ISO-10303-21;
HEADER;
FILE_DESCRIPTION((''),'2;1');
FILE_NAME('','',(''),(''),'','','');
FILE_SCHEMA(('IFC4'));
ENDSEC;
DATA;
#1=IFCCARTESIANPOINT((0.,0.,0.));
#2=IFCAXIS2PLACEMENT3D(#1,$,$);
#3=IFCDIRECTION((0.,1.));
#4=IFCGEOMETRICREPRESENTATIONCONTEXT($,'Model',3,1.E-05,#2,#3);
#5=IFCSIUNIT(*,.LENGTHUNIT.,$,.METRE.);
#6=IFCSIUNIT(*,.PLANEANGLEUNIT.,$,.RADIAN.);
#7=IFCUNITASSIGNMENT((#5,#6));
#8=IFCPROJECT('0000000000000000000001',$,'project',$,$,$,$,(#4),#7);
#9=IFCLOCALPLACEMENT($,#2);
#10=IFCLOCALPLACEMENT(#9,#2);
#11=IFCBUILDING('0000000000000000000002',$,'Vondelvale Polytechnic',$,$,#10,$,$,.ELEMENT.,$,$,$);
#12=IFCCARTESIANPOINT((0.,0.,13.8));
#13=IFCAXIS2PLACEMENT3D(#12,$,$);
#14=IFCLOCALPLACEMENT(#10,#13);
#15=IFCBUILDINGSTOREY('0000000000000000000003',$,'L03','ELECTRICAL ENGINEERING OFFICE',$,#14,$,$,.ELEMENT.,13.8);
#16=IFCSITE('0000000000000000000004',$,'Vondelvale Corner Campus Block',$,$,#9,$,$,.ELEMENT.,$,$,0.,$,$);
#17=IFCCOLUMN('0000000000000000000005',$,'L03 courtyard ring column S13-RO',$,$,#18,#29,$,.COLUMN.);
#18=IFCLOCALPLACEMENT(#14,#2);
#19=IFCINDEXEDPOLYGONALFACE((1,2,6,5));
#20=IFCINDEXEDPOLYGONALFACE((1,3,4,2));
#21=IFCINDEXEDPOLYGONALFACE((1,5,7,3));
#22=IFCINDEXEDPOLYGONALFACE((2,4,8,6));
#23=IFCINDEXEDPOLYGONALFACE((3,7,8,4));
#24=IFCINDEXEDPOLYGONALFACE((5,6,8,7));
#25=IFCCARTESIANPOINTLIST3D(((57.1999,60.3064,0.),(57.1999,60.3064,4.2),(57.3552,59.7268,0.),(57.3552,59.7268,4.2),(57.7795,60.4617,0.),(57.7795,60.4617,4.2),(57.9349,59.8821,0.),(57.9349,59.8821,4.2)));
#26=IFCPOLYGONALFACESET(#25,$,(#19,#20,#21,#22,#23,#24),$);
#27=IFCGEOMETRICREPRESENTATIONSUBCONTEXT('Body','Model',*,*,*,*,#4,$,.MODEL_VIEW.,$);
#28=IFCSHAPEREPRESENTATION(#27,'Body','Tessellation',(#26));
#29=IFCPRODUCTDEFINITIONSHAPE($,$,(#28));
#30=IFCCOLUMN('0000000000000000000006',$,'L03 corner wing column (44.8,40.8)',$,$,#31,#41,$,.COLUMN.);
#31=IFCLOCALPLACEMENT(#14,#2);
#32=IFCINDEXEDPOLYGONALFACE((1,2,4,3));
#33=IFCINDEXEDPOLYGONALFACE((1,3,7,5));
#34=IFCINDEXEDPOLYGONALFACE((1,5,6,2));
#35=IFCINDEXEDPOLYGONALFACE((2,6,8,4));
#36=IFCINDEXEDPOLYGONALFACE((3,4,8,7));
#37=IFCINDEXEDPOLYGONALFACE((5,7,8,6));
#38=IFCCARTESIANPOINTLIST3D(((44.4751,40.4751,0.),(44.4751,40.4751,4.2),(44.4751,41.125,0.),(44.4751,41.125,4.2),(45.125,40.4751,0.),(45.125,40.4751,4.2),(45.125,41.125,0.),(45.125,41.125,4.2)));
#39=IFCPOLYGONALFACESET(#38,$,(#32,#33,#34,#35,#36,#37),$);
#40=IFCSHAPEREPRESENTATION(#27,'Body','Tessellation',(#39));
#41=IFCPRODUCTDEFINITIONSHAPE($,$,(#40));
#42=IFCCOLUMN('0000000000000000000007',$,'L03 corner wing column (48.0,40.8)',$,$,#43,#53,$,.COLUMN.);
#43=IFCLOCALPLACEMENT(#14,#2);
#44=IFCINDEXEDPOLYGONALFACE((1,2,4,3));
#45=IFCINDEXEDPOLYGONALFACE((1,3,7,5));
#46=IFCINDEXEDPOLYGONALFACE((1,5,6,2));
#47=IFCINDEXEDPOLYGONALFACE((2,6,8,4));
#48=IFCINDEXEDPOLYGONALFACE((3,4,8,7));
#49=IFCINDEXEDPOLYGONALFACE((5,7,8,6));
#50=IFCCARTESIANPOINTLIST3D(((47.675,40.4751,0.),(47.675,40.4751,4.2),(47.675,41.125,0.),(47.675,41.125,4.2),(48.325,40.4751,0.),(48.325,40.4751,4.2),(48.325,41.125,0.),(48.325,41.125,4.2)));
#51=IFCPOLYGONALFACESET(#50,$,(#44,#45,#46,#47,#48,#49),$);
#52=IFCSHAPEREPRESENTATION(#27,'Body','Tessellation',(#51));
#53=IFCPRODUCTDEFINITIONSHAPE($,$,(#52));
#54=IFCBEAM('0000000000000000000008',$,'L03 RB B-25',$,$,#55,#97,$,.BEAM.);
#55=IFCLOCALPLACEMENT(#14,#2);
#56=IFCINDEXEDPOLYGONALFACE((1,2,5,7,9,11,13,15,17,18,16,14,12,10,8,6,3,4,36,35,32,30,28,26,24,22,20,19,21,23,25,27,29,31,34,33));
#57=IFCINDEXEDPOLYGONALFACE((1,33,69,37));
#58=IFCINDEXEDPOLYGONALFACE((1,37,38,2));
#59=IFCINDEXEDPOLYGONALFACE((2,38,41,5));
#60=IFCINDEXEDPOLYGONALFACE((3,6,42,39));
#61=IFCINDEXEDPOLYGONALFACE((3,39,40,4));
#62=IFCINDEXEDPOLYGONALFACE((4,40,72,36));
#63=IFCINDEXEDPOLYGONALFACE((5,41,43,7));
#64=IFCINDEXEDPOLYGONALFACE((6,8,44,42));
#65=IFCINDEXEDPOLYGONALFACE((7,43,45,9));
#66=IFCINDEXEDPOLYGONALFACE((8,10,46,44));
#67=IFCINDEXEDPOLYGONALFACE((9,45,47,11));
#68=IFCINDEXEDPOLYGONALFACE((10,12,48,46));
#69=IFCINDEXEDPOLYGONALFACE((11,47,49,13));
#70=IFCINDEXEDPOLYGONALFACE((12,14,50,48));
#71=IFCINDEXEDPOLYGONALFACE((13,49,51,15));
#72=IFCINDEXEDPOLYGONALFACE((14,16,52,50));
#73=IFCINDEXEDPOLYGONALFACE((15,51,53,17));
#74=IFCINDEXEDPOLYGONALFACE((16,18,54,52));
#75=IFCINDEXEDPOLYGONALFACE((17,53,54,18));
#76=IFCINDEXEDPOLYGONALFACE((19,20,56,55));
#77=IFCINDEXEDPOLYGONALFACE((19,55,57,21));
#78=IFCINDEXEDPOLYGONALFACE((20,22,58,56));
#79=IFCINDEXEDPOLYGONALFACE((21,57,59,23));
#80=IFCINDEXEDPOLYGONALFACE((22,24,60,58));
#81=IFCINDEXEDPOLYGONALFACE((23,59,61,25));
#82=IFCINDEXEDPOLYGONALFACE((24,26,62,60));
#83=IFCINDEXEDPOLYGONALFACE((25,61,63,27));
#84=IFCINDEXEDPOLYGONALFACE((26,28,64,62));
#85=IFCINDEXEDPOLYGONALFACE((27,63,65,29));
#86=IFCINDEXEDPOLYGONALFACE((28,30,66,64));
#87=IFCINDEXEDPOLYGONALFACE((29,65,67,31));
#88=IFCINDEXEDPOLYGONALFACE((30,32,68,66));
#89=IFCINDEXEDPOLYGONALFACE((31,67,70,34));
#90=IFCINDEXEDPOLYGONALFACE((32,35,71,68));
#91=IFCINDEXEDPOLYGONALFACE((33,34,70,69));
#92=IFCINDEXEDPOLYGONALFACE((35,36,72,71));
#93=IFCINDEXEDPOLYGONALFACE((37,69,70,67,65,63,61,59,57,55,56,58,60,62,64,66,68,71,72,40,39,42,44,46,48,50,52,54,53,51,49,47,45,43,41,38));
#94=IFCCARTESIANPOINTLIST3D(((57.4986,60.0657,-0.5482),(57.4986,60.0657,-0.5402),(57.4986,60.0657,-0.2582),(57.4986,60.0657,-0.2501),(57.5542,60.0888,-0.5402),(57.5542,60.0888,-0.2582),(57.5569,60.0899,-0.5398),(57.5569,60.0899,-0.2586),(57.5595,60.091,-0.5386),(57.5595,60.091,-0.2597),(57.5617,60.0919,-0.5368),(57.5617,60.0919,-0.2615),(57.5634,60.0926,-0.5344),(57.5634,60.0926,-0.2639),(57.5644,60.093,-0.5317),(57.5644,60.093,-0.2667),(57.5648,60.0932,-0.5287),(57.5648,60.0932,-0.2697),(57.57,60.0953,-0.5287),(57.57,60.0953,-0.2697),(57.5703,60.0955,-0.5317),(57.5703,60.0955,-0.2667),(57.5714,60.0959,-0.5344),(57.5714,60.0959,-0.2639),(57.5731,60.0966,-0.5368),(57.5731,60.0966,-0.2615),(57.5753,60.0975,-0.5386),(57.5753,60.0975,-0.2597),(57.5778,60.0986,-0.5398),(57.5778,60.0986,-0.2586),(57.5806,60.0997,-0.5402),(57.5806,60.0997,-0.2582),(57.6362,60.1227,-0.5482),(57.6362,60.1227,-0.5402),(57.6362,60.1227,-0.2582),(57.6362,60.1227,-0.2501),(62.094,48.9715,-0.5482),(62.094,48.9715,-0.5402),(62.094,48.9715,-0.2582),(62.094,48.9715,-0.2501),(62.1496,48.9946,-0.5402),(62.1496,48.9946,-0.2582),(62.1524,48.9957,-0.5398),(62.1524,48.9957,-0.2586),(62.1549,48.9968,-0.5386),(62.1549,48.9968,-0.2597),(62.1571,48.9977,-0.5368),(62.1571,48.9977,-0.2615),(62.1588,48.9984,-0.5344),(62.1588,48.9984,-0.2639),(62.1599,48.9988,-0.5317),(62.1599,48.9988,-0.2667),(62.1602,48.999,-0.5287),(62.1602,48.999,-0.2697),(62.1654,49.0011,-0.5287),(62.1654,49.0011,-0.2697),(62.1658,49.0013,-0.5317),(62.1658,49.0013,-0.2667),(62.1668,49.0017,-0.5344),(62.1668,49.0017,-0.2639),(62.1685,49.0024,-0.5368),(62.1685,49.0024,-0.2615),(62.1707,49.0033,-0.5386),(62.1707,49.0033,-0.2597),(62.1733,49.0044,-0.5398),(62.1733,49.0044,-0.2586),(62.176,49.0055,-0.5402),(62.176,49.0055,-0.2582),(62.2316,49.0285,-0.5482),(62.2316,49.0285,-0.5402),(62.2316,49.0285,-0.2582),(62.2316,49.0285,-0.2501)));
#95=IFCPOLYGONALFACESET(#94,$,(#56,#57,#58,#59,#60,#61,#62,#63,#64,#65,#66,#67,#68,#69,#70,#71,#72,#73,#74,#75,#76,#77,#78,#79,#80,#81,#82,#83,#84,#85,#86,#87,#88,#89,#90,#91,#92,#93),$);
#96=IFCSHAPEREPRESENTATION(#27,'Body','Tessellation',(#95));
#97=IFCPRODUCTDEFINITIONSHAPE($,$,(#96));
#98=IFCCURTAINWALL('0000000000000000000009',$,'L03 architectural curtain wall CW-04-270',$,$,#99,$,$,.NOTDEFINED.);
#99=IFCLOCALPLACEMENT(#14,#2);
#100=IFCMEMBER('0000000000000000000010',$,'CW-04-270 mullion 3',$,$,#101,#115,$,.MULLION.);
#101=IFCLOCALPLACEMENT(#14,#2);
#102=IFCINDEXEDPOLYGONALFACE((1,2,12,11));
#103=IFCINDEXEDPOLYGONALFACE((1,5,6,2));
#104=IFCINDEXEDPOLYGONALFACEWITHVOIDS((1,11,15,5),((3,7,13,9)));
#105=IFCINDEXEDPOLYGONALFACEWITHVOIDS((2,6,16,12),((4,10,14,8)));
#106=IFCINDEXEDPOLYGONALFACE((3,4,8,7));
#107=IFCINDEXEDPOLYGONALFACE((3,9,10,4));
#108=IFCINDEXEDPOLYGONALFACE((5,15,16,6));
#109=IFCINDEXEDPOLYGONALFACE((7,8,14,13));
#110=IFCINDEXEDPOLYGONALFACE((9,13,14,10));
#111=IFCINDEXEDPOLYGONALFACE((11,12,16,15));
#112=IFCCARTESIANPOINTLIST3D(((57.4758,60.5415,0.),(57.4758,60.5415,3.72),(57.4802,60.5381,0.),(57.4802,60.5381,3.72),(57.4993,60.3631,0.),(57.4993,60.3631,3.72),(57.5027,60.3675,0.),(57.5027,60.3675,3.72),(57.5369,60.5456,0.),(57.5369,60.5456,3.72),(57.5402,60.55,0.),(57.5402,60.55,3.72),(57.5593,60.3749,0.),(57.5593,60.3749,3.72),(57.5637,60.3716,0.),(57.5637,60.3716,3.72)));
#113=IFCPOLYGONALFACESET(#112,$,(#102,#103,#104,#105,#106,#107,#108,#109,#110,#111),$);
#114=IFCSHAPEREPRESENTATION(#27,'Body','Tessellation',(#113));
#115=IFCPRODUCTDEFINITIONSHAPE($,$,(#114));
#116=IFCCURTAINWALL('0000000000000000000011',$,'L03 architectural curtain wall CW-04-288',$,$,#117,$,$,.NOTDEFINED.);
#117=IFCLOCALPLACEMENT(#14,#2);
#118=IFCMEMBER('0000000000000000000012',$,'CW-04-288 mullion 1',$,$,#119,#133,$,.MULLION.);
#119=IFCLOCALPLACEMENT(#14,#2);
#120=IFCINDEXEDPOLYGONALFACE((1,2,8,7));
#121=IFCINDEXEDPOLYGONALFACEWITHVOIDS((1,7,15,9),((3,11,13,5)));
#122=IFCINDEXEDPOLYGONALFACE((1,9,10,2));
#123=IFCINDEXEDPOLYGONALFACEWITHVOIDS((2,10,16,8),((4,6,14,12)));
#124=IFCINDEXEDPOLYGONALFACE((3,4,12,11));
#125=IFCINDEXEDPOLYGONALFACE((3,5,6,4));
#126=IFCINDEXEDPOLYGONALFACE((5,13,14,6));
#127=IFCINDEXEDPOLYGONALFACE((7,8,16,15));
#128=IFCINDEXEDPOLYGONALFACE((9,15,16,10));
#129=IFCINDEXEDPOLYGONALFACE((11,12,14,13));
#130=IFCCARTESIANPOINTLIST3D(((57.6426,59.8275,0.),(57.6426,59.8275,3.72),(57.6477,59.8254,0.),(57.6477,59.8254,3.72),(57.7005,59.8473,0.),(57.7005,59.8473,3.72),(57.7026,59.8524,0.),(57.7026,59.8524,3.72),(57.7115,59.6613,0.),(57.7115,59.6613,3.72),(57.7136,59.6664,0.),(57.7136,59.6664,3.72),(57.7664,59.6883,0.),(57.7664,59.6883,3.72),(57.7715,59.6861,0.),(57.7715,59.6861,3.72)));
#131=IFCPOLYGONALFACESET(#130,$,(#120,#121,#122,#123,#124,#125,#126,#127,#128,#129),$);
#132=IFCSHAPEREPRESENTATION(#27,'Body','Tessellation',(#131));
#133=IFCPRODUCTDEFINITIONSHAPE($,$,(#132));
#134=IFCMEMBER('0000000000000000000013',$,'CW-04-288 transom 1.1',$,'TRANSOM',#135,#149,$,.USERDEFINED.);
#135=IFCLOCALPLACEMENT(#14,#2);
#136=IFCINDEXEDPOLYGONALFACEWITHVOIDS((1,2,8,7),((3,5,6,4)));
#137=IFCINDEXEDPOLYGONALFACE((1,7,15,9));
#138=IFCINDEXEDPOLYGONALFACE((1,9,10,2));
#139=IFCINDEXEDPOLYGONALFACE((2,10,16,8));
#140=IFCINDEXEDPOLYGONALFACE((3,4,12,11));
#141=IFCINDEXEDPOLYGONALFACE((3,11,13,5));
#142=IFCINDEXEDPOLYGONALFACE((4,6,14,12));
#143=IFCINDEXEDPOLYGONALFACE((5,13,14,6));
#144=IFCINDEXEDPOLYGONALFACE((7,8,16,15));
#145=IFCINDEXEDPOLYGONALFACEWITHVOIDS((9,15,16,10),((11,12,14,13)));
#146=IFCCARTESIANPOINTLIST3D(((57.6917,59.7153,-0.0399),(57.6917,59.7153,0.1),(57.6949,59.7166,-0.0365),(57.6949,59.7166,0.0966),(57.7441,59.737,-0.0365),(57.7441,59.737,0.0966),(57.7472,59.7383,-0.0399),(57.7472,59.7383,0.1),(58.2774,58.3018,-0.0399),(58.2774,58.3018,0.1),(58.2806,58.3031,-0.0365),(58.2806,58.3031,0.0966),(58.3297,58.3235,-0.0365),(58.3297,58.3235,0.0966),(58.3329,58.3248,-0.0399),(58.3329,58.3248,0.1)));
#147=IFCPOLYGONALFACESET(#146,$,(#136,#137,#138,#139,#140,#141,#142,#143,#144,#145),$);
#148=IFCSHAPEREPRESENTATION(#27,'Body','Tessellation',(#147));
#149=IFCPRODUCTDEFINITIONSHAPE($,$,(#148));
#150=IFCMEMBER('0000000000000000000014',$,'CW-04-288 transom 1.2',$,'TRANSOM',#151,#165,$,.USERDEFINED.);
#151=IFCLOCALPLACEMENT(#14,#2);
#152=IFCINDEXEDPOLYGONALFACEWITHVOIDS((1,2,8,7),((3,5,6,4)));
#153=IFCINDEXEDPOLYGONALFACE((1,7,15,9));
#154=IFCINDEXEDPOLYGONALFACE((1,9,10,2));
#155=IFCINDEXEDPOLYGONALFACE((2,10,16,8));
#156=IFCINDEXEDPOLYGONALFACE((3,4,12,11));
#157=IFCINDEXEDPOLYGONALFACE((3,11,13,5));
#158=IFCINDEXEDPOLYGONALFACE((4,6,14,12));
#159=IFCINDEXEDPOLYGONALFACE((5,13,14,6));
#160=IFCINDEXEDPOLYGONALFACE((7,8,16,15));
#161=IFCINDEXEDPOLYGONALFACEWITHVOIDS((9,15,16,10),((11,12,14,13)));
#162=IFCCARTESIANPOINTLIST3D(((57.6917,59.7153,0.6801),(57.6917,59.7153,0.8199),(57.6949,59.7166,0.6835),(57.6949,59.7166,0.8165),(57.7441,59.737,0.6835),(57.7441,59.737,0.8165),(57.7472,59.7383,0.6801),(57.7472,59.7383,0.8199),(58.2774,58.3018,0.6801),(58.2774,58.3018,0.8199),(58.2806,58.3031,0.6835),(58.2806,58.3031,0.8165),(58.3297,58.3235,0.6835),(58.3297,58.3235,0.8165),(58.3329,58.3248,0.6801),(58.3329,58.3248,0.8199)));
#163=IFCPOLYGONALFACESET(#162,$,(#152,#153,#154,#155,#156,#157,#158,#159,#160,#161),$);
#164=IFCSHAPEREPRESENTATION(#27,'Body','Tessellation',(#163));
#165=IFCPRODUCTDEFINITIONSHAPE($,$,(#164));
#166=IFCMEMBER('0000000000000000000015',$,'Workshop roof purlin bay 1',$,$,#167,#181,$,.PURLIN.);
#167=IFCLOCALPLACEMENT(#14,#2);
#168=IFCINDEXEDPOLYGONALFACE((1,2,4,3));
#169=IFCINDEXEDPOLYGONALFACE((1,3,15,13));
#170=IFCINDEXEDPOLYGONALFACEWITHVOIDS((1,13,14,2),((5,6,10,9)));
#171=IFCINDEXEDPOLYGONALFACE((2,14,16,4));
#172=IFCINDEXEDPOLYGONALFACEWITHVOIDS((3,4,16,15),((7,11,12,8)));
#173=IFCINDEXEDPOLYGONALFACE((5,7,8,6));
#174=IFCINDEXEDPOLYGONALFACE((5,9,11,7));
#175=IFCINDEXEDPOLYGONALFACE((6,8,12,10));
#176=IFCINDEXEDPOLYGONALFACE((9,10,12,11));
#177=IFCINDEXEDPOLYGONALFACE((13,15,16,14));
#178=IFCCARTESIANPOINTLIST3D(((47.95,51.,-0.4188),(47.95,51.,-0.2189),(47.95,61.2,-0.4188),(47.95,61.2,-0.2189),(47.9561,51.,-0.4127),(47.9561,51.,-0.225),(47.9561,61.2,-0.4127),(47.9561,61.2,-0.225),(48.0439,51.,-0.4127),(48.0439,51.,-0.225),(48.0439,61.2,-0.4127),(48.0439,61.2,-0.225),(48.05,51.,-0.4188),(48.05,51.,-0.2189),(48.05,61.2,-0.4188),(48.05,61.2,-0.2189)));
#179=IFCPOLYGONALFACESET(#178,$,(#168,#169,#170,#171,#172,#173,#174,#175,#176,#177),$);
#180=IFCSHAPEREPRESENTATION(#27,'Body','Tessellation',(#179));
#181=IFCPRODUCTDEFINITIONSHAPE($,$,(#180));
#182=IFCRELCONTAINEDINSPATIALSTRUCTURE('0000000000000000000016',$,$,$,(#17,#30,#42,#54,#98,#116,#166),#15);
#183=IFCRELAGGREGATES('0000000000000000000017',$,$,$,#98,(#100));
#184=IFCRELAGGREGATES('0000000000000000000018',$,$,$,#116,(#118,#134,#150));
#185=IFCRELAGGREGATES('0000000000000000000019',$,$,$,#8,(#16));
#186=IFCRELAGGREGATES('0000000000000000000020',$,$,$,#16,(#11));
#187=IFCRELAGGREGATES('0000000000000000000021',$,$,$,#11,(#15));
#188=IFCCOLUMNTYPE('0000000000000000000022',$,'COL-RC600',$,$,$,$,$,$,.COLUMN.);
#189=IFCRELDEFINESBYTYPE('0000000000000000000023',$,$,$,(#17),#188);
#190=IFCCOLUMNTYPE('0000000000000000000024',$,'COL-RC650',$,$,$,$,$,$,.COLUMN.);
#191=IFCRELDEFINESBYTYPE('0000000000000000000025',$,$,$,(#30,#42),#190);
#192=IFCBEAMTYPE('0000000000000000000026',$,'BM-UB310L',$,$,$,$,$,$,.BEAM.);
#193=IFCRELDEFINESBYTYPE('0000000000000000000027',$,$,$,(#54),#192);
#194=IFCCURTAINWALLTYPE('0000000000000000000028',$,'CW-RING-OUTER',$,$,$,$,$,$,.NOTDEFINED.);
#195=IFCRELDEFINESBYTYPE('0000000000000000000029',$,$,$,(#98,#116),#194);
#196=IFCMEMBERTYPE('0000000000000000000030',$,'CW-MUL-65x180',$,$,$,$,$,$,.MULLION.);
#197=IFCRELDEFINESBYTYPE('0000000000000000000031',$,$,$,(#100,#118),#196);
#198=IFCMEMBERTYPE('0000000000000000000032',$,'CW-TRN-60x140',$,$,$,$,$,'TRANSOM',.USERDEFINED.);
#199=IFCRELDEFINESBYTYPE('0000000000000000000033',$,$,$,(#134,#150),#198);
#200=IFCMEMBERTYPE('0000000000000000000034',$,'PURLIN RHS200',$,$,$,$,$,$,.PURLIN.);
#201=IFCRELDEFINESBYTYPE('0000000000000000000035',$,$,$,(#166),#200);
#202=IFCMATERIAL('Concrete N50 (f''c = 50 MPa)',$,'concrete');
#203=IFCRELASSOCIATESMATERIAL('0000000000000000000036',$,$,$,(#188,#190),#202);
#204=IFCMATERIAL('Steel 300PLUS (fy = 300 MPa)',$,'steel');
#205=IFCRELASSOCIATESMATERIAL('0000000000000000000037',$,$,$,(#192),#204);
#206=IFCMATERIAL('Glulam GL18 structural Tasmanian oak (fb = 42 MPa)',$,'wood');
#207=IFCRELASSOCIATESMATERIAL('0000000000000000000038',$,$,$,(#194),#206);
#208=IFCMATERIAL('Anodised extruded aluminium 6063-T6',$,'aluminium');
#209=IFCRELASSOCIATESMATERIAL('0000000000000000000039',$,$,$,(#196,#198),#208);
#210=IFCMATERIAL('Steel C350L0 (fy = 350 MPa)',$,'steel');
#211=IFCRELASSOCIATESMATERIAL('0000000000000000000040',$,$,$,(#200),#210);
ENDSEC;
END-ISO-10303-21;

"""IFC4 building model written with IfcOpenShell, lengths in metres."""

from ifc_helpers import new_model, si_unit, direction, frame, origin, origin_2d, place, context, subcontext, project, spatial, rectangle, hollow_rectangle, i_section, extrude, material, material_profile, profile_set, type_object, element, aggregate, save


model = new_model("IFC4")

# Units and contexts
model_context = context("Model", 3, precision=1e-05, world=origin(), true_north=direction((0.0, 1.0)))
body_context = subcontext(model_context, "Body", "Model", "MODEL_VIEW")
ifc_project = project(units=[si_unit("LENGTHUNIT", "METRE"), si_unit("PLANEANGLEUNIT", "RADIAN")], contexts=[model_context])

# Site, building, storey
site_placement = place(None, origin())
site = spatial("IfcSite", under=ifc_project, at=site_placement, Name="Vondelvale Corner Campus Block", CompositionType="ELEMENT", RefElevation=0.0)
building_placement = place(site_placement, origin())
building = spatial("IfcBuilding", under=site, at=building_placement, Name="Vondelvale Polytechnic", CompositionType="ELEMENT")
storey_placement = place(building_placement, frame((0.0, 0.0, 13.8)))
storey = spatial("IfcBuildingStorey", under=building, at=storey_placement, Name="L03", Description="ELECTRICAL ENGINEERING OFFICE", CompositionType="ELEMENT", Elevation=13.8)

# Columns
ifc_material_1 = material(Name="Concrete N50 (f'c = 50 MPa)", Category="concrete")
ifc_material_profile_1 = material_profile(ifc_material_1, rectangle(XDim=0.6001, YDim=0.6001, at=origin_2d()), Name="RC-COL-600x600")
ifc_profile_set_1 = profile_set([ifc_material_profile_1], Name="Concrete N50 (f'c = 50 MPa)")
column_type_1 = type_object("IfcColumnType", Name="COL-RC600", PredefinedType="COLUMN", material=ifc_profile_set_1)
column_placement = place(storey_placement, frame((57.5674, 60.0942, 0.0), z_axis=(0.0, 0.0, 1.0), x_axis=(0.965926, 0.258819, 0.0)))
element("IfcColumn", 1, at=column_placement, inside=storey, type_object=column_type_1, Name="L03 courtyard ring column S13-RO", PredefinedType="COLUMN", context=body_context, shape_type="SweptSolid", body=[
    extrude(rectangle(XDim=0.6001, YDim=0.6001, at=origin_2d()), origin(), (0.0, 0.0, 1.0), 4.2),
])
ifc_material_profile_2 = material_profile(ifc_material_1, rectangle(XDim=0.6499, YDim=0.6499, at=origin_2d()), Name="RC-COL-650x650")
ifc_profile_set_2 = profile_set([ifc_material_profile_2], Name="Concrete N50 (f'c = 50 MPa)")
column_type_2 = type_object("IfcColumnType", Name="COL-RC650", PredefinedType="COLUMN", material=ifc_profile_set_2)
for number, where, z_axis, x_axis, name in (
    (2, (44.8, 40.8, 0.0), (0.0, 0.0, 1.0), (1.0, 0.0, 0.0), "L03 corner wing column (44.8,40.8)"),
    (3, (48.0, 40.8, 0.0), (0.0, 0.0, 1.0), (1.0, 0.0, 0.0), "L03 corner wing column (48.0,40.8)"),
):
    element("IfcColumn", number, at=place(storey_placement, frame(where, z_axis=z_axis, x_axis=x_axis)), inside=storey, type_object=column_type_2, Name=name, PredefinedType="COLUMN", context=body_context, shape_type="SweptSolid", body=[
        extrude(rectangle(XDim=0.6499, YDim=0.6499, at=origin_2d()), origin(), (0.0, 0.0, 1.0), 4.2),
    ])

# Beam
ifc_material_2 = material(Name="Steel 300PLUS (fy = 300 MPa)", Category="steel")
ifc_material_profile_3 = material_profile(ifc_material_2, i_section(OverallWidth=0.1489, OverallDepth=0.2981, WebThickness=0.0056, FlangeThickness=0.0081, FilletRadius=0.0115, at=origin_2d()), Name="310UB32.0")
ifc_profile_set_3 = profile_set([ifc_material_profile_3], Name="Steel 300PLUS (fy = 300 MPa)")
beam_type = type_object("IfcBeamType", Name="BM-UB310L", PredefinedType="BEAM", material=ifc_profile_set_3)
beam_placement = place(storey_placement, frame((57.5674, 60.0942, -0.3992), z_axis=(0.382689, -0.923877, 0.0), x_axis=(0.923877, 0.382689, 0.0)))
element("IfcBeam", 4, at=beam_placement, inside=storey, type_object=beam_type, Name="L03 RB B-25", PredefinedType="BEAM", context=body_context, shape_type="SweptSolid", body=[
    extrude(i_section(OverallWidth=0.1489, OverallDepth=0.2981, WebThickness=0.0056, FlangeThickness=0.0081, FilletRadius=0.0115, at=origin_2d()), origin(), (0.0, 0.0, 1.0), 12.0083),
])

# Curtain wall, member
ifc_material_3 = material(Name="Glulam GL18 structural Tasmanian oak (fb = 42 MPa)", Category="wood")
curtain_wall_type = type_object("IfcCurtainWallType", Name="CW-RING-OUTER", PredefinedType="NOTDEFINED", material=ifc_material_3)
curtain_wall_1_placement = place(storey_placement, origin())
curtain_wall_1 = element("IfcCurtainWall", 5, at=curtain_wall_1_placement, inside=storey, type_object=curtain_wall_type, Name="L03 architectural curtain wall CW-04-270", PredefinedType="NOTDEFINED")
ifc_material_4 = material(Name="Anodised extruded aluminium 6063-T6", Category="aluminium")
ifc_material_profile_4 = material_profile(ifc_material_4, hollow_rectangle(XDim=0.0649, YDim=0.1799, WallThickness=0.0039, at=origin_2d()), Name="CW-MUL-180x65")
ifc_profile_set_4 = profile_set([ifc_material_profile_4], Name="Anodised extruded aluminium 6063-T6")
member_type_1 = type_object("IfcMemberType", Name="CW-MUL-65x180", PredefinedType="MULLION", material=ifc_profile_set_4)
member_1_placement = place(storey_placement, frame((57.5198, 60.4565, 0.0), z_axis=(0.0, 0.0, 1.0), x_axis=(0.991443, 0.13054, 0.0)))
member_1 = element("IfcMember", 6, at=member_1_placement, type_object=member_type_1, Name="CW-04-270 mullion 3", PredefinedType="MULLION", context=body_context, shape_type="SweptSolid", body=[
    extrude(hollow_rectangle(XDim=0.0649, YDim=0.1799, WallThickness=0.0039, at=origin_2d()), origin(), (0.0, 0.0, 1.0), 3.72),
])
aggregate(curtain_wall_1, [member_1])

# Curtain wall, members
curtain_wall_2_placement = place(storey_placement, origin())
curtain_wall_2 = element("IfcCurtainWall", 7, at=curtain_wall_2_placement, inside=storey, type_object=curtain_wall_type, Name="L03 architectural curtain wall CW-04-288", PredefinedType="NOTDEFINED")
member_2_placement = place(storey_placement, frame((57.707, 59.7568, 0.0), z_axis=(0.0, 0.0, 1.0), x_axis=(0.923882, 0.382677, 0.0)))
member_2 = element("IfcMember", 8, at=member_2_placement, type_object=member_type_1, Name="CW-04-288 mullion 1", PredefinedType="MULLION", context=body_context, shape_type="SweptSolid", body=[
    extrude(hollow_rectangle(XDim=0.0649, YDim=0.1799, WallThickness=0.0039, at=origin_2d()), origin(), (0.0, 0.0, 1.0), 3.72),
])
ifc_material_profile_5 = material_profile(ifc_material_4, hollow_rectangle(XDim=0.0601, YDim=0.1399, WallThickness=0.0034, at=origin_2d()), Name="CW-TRN-140x60")
ifc_profile_set_5 = profile_set([ifc_material_profile_5], Name="Anodised extruded aluminium 6063-T6")
member_type_2 = type_object("IfcMemberType", Name="CW-TRN-60x140", ElementType="TRANSOM", PredefinedType="USERDEFINED", material=ifc_profile_set_5)
member_3_placement = place(storey_placement, frame((57.7195, 59.7268, 0.03), z_axis=(0.382779, -0.92384, 0.0), x_axis=(0.92384, 0.382779, 0.0)))
member_3 = element("IfcMember", 9, at=member_3_placement, type_object=member_type_2, Name="CW-04-288 transom 1.1", ObjectType="TRANSOM", PredefinedType="USERDEFINED", context=body_context, shape_type="SweptSolid", body=[
    extrude(hollow_rectangle(XDim=0.0601, YDim=0.1399, WallThickness=0.0034, at=origin_2d()), origin(), (0.0, 0.0, 1.0), 1.53),
])
member_4_placement = place(storey_placement, frame((57.7195, 59.7268, 0.75), z_axis=(0.382779, -0.92384, 0.0), x_axis=(0.92384, 0.382779, 0.0)))
member_4 = element("IfcMember", 10, at=member_4_placement, type_object=member_type_2, Name="CW-04-288 transom 1.2", ObjectType="TRANSOM", PredefinedType="USERDEFINED", context=body_context, shape_type="SweptSolid", body=[
    extrude(hollow_rectangle(XDim=0.0601, YDim=0.1399, WallThickness=0.0034, at=origin_2d()), origin(), (0.0, 0.0, 1.0), 1.53),
])
aggregate(curtain_wall_2, [member_2, member_3, member_4])

# Member
ifc_material_5 = material(Name="Steel C350L0 (fy = 350 MPa)", Category="steel")
ifc_material_profile_6 = material_profile(ifc_material_5, hollow_rectangle(XDim=0.1001, YDim=0.2, WallThickness=0.0061, at=origin_2d()), Name="200x100x6.0RHS")
ifc_profile_set_6 = profile_set([ifc_material_profile_6], Name="Steel C350L0 (fy = 350 MPa)")
member_type_3 = type_object("IfcMemberType", Name="PURLIN RHS200", PredefinedType="PURLIN", material=ifc_profile_set_6)
for number, where, z_axis, x_axis, name in (
    (11, (48.0, 51.0, -0.3188), (0.0, 1.0, 0.0), (-1.0, 0.0, 0.0), "Workshop roof purlin bay 1"),
):
    element("IfcMember", number, at=place(storey_placement, frame(where, z_axis=z_axis, x_axis=x_axis)), inside=storey, type_object=member_type_3, Name=name, PredefinedType="PURLIN", context=body_context, shape_type="SweptSolid", body=[
        extrude(hollow_rectangle(XDim=0.1001, YDim=0.2, WallThickness=0.0061, at=origin_2d()), origin(), (0.0, 0.0, 1.0), 10.2),
    ])

save(model, "model.ifc")
